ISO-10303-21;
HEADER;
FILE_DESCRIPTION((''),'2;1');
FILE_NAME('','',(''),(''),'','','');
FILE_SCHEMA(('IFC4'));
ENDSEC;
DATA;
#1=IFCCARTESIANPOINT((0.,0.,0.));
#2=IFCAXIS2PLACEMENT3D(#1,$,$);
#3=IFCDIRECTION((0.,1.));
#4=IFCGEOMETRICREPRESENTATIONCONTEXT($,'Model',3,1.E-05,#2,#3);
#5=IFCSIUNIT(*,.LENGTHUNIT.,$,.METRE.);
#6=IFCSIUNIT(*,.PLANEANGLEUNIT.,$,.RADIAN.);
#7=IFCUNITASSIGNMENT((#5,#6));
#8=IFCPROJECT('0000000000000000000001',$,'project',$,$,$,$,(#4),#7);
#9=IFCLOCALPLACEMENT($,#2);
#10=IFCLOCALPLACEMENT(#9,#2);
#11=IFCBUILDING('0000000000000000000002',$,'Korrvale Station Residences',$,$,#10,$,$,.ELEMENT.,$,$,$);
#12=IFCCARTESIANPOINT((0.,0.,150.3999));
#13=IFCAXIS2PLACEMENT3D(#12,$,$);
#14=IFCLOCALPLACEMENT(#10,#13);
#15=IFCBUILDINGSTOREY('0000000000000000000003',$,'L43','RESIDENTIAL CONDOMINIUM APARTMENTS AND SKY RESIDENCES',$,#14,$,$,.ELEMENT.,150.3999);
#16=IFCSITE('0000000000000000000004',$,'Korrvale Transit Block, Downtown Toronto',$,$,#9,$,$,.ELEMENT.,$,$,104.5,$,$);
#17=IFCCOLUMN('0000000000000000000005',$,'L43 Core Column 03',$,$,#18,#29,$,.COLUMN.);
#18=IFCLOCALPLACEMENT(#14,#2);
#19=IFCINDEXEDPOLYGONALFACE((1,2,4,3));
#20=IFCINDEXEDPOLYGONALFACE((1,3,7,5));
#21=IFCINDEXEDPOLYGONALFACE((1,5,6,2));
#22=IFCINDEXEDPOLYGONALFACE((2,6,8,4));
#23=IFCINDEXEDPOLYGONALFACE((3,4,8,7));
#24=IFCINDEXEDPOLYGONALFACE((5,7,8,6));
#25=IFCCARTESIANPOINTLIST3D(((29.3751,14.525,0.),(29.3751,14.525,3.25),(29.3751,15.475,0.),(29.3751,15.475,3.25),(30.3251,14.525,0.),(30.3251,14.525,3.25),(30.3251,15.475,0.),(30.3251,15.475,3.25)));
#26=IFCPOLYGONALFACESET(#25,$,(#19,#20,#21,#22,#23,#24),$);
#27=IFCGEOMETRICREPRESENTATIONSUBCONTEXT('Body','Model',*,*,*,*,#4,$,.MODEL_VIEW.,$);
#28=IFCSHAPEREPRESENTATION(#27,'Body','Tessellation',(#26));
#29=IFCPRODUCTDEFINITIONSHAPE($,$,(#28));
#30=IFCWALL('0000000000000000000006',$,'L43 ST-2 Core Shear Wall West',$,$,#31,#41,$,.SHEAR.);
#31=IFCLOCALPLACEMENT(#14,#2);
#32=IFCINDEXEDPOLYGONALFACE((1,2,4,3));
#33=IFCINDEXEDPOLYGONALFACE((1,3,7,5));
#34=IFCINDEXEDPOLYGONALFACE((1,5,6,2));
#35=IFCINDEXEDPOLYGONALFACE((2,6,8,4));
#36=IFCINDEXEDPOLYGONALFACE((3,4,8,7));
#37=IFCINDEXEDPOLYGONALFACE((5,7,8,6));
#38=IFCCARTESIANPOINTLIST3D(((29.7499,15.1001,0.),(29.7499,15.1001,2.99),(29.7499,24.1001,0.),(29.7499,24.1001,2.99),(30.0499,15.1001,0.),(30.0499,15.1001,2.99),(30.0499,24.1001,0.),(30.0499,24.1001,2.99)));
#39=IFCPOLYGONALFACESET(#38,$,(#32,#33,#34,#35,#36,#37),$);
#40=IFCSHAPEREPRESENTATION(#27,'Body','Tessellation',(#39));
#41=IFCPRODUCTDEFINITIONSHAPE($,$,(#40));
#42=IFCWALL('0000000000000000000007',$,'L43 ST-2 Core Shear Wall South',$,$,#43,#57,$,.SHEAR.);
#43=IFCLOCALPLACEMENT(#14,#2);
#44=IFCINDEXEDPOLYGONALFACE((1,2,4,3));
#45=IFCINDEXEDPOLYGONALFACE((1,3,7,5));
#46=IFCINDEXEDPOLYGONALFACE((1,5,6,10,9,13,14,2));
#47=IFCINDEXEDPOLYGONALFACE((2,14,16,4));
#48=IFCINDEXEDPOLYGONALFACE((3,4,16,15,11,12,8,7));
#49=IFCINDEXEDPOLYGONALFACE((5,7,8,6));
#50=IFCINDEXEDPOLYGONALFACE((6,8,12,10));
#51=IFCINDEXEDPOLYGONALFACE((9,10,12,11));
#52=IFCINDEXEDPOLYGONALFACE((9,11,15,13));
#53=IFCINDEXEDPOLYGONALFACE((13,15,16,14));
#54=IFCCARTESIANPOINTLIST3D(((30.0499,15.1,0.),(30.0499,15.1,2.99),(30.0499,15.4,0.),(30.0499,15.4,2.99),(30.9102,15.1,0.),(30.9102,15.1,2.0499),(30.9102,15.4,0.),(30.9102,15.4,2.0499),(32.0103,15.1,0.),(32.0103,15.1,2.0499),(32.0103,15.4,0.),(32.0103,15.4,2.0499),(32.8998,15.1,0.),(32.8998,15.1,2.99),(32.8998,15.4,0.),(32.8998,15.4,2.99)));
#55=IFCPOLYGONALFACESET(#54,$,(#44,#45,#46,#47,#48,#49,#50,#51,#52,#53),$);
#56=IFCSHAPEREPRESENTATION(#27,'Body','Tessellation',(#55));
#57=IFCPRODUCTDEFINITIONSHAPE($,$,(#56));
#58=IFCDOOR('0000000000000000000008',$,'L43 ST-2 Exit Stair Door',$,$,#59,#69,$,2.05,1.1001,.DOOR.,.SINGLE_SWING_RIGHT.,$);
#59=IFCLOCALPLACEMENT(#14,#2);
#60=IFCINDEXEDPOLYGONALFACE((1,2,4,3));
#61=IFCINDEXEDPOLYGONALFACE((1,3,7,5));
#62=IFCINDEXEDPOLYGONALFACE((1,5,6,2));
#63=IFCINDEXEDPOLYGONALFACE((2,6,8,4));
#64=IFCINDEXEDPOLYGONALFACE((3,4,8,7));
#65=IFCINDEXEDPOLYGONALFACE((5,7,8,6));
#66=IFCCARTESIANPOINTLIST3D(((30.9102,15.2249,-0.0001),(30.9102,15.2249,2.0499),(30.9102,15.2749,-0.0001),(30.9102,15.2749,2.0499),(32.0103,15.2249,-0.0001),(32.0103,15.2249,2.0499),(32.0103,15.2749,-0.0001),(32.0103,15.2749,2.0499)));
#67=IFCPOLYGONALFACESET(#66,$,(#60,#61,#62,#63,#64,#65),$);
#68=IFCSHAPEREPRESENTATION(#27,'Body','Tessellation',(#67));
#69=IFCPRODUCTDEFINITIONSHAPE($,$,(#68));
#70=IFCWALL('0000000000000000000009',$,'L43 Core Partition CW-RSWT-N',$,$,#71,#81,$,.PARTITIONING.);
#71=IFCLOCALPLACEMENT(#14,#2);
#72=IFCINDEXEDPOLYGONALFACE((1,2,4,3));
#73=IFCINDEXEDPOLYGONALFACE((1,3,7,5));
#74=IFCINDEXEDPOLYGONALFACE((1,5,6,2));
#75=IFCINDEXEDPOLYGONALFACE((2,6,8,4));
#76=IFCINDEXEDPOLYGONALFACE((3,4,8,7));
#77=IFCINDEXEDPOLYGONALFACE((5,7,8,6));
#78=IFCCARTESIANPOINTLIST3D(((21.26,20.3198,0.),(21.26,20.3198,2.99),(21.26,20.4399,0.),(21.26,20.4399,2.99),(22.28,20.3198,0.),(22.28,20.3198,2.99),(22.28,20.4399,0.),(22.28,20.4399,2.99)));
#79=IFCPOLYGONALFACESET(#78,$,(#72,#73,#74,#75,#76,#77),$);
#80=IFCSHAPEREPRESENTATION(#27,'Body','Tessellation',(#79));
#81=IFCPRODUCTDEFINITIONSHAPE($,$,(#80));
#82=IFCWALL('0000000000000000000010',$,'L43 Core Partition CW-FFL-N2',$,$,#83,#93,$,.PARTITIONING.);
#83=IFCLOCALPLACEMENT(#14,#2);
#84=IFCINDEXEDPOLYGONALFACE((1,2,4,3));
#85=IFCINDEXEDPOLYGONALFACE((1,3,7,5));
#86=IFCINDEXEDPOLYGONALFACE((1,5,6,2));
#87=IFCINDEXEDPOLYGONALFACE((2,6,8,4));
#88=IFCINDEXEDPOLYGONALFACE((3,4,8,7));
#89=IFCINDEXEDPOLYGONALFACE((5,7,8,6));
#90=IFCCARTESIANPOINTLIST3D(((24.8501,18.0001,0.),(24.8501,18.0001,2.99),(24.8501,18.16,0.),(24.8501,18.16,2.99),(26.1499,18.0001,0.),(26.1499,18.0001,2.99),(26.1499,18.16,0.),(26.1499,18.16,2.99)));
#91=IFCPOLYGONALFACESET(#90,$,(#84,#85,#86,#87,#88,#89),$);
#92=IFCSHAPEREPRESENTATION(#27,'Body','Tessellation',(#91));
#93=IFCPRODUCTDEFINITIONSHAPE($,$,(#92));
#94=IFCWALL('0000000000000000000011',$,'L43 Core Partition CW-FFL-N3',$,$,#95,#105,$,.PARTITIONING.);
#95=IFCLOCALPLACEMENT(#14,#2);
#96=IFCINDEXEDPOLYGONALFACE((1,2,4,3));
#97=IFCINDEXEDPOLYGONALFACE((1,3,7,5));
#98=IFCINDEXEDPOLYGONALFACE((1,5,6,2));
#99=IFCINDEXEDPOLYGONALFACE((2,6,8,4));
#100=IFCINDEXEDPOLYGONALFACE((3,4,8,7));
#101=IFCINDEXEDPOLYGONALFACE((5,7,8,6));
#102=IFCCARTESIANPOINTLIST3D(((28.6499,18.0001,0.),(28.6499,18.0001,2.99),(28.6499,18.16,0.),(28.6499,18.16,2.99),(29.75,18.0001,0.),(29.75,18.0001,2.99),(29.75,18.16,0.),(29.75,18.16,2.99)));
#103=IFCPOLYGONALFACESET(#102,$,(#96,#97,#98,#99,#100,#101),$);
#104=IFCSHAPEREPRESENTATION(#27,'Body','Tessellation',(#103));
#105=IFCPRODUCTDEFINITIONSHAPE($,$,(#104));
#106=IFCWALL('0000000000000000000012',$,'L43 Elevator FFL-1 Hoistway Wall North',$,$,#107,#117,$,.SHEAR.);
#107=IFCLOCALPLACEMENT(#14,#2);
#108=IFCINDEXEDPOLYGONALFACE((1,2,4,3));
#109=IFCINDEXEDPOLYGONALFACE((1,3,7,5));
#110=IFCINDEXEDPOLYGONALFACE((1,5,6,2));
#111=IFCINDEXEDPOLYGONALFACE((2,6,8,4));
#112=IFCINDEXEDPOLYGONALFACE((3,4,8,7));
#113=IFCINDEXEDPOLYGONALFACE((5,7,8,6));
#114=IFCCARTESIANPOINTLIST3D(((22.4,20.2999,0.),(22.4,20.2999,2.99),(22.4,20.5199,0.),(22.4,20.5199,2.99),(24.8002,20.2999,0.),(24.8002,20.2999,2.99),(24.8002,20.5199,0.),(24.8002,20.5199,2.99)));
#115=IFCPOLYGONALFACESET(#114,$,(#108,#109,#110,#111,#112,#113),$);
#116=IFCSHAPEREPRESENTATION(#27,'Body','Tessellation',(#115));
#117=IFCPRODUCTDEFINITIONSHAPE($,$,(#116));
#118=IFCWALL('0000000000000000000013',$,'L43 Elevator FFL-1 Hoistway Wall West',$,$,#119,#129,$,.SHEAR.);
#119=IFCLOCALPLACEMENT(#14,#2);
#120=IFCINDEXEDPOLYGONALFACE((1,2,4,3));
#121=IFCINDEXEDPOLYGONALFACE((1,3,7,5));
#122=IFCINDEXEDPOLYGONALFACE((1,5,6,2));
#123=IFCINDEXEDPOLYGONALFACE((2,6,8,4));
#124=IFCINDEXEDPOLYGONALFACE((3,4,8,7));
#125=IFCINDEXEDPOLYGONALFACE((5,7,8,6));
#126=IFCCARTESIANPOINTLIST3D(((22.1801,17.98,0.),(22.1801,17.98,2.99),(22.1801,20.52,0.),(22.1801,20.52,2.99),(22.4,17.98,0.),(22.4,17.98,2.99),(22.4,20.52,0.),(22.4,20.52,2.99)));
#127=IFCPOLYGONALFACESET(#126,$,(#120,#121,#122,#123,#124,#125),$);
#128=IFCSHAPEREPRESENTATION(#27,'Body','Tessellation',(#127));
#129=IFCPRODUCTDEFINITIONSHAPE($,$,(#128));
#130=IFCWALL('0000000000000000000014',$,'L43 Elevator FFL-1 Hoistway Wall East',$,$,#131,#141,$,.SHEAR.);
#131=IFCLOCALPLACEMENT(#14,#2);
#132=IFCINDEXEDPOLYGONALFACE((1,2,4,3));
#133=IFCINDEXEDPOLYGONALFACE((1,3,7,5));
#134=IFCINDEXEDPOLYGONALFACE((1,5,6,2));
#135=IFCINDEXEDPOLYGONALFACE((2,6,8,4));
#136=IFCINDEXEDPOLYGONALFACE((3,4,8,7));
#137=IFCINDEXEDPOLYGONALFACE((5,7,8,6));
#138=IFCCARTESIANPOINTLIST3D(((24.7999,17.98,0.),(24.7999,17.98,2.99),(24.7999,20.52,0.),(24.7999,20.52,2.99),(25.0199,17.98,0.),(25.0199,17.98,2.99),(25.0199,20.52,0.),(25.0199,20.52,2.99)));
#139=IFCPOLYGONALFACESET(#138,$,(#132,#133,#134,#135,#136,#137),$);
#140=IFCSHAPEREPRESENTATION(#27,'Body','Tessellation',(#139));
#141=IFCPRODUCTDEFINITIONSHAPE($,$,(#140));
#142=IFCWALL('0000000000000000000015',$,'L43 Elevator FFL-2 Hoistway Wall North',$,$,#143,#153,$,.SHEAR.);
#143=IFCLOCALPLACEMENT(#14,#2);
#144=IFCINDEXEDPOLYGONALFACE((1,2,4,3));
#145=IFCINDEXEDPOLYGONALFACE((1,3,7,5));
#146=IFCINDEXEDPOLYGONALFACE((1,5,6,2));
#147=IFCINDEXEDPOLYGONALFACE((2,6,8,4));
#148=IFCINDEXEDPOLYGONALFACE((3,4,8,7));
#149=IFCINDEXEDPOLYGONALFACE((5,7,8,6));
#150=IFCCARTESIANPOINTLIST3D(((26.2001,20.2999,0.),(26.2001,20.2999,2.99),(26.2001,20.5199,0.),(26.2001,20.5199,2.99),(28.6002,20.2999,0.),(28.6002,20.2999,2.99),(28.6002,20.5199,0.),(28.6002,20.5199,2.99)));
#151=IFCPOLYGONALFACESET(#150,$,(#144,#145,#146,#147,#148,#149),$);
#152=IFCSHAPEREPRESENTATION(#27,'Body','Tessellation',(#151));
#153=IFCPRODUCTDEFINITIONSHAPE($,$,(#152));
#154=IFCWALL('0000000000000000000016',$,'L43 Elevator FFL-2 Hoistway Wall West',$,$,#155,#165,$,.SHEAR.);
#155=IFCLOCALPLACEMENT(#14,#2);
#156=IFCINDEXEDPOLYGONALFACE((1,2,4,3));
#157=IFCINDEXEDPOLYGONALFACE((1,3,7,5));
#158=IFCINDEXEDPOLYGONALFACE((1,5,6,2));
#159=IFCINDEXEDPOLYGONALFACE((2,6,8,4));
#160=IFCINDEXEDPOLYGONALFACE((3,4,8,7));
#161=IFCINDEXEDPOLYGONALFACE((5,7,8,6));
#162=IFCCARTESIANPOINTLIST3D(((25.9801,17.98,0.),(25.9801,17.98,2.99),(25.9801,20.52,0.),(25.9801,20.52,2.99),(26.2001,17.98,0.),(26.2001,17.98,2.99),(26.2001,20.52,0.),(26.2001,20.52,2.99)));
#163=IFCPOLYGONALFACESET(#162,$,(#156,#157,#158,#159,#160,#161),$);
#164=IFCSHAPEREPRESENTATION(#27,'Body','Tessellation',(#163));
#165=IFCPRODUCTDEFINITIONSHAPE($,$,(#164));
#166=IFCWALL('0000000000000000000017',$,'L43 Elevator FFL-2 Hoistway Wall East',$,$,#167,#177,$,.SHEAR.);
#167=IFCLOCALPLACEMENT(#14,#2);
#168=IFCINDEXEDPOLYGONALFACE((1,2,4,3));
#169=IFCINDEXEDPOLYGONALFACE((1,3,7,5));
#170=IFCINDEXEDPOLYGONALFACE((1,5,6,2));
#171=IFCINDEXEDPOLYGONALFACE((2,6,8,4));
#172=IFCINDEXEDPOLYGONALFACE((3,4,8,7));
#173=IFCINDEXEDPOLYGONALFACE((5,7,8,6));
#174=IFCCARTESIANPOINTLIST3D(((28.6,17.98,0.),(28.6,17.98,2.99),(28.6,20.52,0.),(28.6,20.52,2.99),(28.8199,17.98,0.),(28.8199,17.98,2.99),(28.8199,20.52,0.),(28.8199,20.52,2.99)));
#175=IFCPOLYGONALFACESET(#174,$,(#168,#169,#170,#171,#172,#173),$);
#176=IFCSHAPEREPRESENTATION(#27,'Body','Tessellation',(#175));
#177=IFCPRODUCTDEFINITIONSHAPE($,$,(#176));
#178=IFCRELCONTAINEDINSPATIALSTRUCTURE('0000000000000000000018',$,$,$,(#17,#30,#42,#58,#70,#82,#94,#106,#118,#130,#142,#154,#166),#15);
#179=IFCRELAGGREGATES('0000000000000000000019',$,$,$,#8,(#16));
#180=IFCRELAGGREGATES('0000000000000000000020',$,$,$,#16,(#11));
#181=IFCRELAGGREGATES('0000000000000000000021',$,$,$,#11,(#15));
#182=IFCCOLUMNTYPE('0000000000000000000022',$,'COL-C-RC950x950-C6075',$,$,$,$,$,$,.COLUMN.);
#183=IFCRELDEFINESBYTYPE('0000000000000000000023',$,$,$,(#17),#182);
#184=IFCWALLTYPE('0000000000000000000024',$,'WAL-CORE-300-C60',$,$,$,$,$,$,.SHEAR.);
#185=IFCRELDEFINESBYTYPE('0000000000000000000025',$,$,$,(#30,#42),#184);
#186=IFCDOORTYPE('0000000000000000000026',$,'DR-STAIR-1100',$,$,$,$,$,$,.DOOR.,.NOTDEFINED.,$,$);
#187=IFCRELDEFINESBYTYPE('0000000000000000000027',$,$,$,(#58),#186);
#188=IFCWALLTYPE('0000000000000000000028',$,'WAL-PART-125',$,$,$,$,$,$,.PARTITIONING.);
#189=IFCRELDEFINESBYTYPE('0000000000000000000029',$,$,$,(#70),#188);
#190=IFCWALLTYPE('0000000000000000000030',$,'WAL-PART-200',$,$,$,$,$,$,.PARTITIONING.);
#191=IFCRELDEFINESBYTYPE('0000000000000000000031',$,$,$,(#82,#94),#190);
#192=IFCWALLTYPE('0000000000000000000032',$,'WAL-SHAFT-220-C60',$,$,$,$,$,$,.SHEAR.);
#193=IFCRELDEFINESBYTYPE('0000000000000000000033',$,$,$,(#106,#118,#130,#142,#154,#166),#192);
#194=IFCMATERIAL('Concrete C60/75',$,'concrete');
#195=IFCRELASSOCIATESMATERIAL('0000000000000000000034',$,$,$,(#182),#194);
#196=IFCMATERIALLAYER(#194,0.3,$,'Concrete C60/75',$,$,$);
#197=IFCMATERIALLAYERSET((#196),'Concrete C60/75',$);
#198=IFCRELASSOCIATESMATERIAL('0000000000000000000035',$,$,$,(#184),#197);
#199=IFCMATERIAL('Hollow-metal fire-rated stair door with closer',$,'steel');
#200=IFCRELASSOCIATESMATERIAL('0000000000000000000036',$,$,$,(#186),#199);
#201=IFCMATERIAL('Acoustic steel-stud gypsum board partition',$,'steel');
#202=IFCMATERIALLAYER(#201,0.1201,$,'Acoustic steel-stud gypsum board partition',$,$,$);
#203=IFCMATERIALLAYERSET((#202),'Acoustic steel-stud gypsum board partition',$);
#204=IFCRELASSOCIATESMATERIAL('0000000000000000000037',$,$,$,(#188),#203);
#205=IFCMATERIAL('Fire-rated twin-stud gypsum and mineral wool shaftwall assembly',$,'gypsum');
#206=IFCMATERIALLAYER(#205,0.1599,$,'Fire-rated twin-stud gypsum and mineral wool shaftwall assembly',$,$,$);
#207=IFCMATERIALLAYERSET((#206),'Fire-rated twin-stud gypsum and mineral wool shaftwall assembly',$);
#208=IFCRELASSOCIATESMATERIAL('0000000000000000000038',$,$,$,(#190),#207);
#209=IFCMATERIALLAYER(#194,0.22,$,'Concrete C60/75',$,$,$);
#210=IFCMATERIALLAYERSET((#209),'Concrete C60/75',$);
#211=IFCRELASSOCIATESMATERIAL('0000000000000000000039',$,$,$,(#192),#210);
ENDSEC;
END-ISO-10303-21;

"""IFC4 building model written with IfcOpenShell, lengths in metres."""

from ifc_helpers import new_model, si_unit, direction, frame, frame_2d, origin, origin_2d, place, context, subcontext, project, spatial, rectangle, extrude, material, layer, layer_set, material_profile, profile_set, type_object, element, fill, save


model = new_model("IFC4")

# Units and contexts
model_context = context("Model", 3, precision=1e-05, world=origin(), true_north=direction((0.0, 1.0)))
body_context = subcontext(model_context, "Body", "Model", "MODEL_VIEW")
ifc_project = project(units=[si_unit("LENGTHUNIT", "METRE"), si_unit("PLANEANGLEUNIT", "RADIAN")], contexts=[model_context])

# Site, building, storey
site_placement = place(None, origin())
site = spatial("IfcSite", under=ifc_project, at=site_placement, Name="Korrvale Transit Block, Downtown Toronto", CompositionType="ELEMENT", RefElevation=104.5)
building_placement = place(site_placement, origin())
building = spatial("IfcBuilding", under=site, at=building_placement, Name="Korrvale Station Residences", CompositionType="ELEMENT")
storey_placement = place(building_placement, frame((0.0, 0.0, 150.3999)))
storey = spatial("IfcBuildingStorey", under=building, at=storey_placement, Name="L43", Description="RESIDENTIAL CONDOMINIUM APARTMENTS AND SKY RESIDENCES", CompositionType="ELEMENT", Elevation=150.3999)

# Column
ifc_material_1 = material(Name="Concrete C60/75", Category="concrete")
ifc_material_profile = material_profile(ifc_material_1, rectangle(XDim=0.95, YDim=0.95, at=origin_2d()), Name="RC950x950")
ifc_profile_set = profile_set([ifc_material_profile], Name="Concrete C60/75")
column_type = type_object("IfcColumnType", Name="COL-C-RC950x950-C6075", PredefinedType="COLUMN", material=ifc_profile_set)
column_placement = place(storey_placement, frame((29.8501, 15.0, 0.0), z_axis=(0.0, 0.0, 1.0), x_axis=(1.0, 0.0, 0.0)))
element("IfcColumn", 1, at=column_placement, inside=storey, type_object=column_type, Name="L43 Core Column 03", PredefinedType="COLUMN", context=body_context, shape_type="SweptSolid", body=[
    extrude(rectangle(XDim=0.95, YDim=0.95, at=origin_2d()), origin(), (0.0, 0.0, 1.0), 3.25),
])

# Wall
ifc_layer_1 = layer(ifc_material_1, 0.3, Name="Concrete C60/75")
ifc_layer_set_1 = layer_set([ifc_layer_1], Name="Concrete C60/75")
wall_type_1 = type_object("IfcWallType", Name="WAL-CORE-300-C60", PredefinedType="SHEAR", material=ifc_layer_set_1)
wall_1_placement = place(storey_placement, frame((29.8999, 15.1001, 0.0), z_axis=(0.0, 0.0, 1.0), x_axis=(0.0, 1.0, 0.0)))
element("IfcWall", 2, at=wall_1_placement, inside=storey, type_object=wall_type_1, Name="L43 ST-2 Core Shear Wall West", PredefinedType="SHEAR", context=body_context, shape_type="SweptSolid", body=[
    extrude(rectangle(XDim=9.0, YDim=0.3, at=frame_2d((4.5, 0.0))), origin(), (0.0, 0.0, 1.0), 2.99),
])

# Wall, opening, door
wall_2_placement = place(storey_placement, frame((30.05, 15.25, 0.0), z_axis=(0.0, 0.0, 1.0), x_axis=(1.0, 0.0, 0.0)))
wall_2 = element("IfcWall", 3, at=wall_2_placement, inside=storey, type_object=wall_type_1, Name="L43 ST-2 Core Shear Wall South", PredefinedType="SHEAR", context=body_context, shape_type="SweptSolid", body=[
    extrude(rectangle(XDim=2.8499, YDim=0.3, at=frame_2d((1.4248, 0.0))), origin(), (0.0, 0.0, 1.0), 2.99),
])
opening_1_placement = place(wall_2_placement, frame((0.8601, 0.0, 0.0)))
opening_1 = element("IfcOpeningElement", 4, at=opening_1_placement, cuts=wall_2, PredefinedType="OPENING", context=body_context, shape_type="SweptSolid", body=[
    extrude(rectangle(XDim=1.1001, YDim=2.05, at=frame_2d((0.55, 1.0249))), frame((0.0, 0.1602, 0.0), z_axis=(0.0, -1.0, 0.0), x_axis=(1.0, 0.0, 0.0)), (0.0, 0.0, 1.0), 0.3201),
])
ifc_material_2 = material(Name="Hollow-metal fire-rated stair door with closer", Category="steel")
door_type_1 = type_object("IfcDoorType", Name="DR-STAIR-1100", OperationType="NOTDEFINED", PredefinedType="DOOR", material=ifc_material_2)
door_1_placement = place(opening_1_placement, origin())
door_1 = element("IfcDoor", 5, at=door_1_placement, inside=storey, type_object=door_type_1, Name="L43 ST-2 Exit Stair Door", OperationType="SINGLE_SWING_RIGHT", OverallHeight=2.05, OverallWidth=1.1001, PredefinedType="DOOR", context=body_context, shape_type="SweptSolid", body=[
    extrude(rectangle(XDim=1.1001, YDim=2.05, at=frame_2d((0.55, 1.0249))), frame((0.0, 0.0249, 0.0), z_axis=(0.0, -1.0, 0.0), x_axis=(1.0, 0.0, 0.0)), (0.0, 0.0, 1.0), 0.05),
])
fill(opening_1, door_1)

# Walls
ifc_material_3 = material(Name="Acoustic steel-stud gypsum board partition", Category="steel")
ifc_layer_2 = layer(ifc_material_3, 0.1201, Name="Acoustic steel-stud gypsum board partition")
ifc_layer_set_2 = layer_set([ifc_layer_2], Name="Acoustic steel-stud gypsum board partition")
wall_type_2 = type_object("IfcWallType", Name="WAL-PART-125", PredefinedType="PARTITIONING", material=ifc_layer_set_2)
wall_3_placement = place(storey_placement, frame((22.28, 20.3799, 0.0), z_axis=(0.0, 0.0, 1.0), x_axis=(-1.0, 0.0, 0.0)))
element("IfcWall", 6, at=wall_3_placement, inside=storey, type_object=wall_type_2, Name="L43 Core Partition CW-RSWT-N", PredefinedType="PARTITIONING", context=body_context, shape_type="SweptSolid", body=[
    extrude(rectangle(XDim=1.02, YDim=0.1201, at=frame_2d((0.51, 0.0))), origin(), (0.0, 0.0, 1.0), 2.99),
])
ifc_material_4 = material(Name="Fire-rated twin-stud gypsum and mineral wool shaftwall assembly", Category="gypsum")
ifc_layer_3 = layer(ifc_material_4, 0.1599, Name="Fire-rated twin-stud gypsum and mineral wool shaftwall assembly")
ifc_layer_set_3 = layer_set([ifc_layer_3], Name="Fire-rated twin-stud gypsum and mineral wool shaftwall assembly")
wall_type_3 = type_object("IfcWallType", Name="WAL-PART-200", PredefinedType="PARTITIONING", material=ifc_layer_set_3)
wall_4_placement = place(storey_placement, frame((24.8501, 18.0801, 0.0), z_axis=(0.0, 0.0, 1.0), x_axis=(1.0, 0.0, 0.0)))
element("IfcWall", 7, at=wall_4_placement, inside=storey, type_object=wall_type_3, Name="L43 Core Partition CW-FFL-N2", PredefinedType="PARTITIONING", context=body_context, shape_type="SweptSolid", body=[
    extrude(rectangle(XDim=1.2998, YDim=0.1599, at=frame_2d((0.6499, 0.0))), origin(), (0.0, 0.0, 1.0), 2.99),
])
wall_5_placement = place(storey_placement, frame((28.6499, 18.0801, 0.0), z_axis=(0.0, 0.0, 1.0), x_axis=(1.0, 0.0, 0.0)))
element("IfcWall", 8, at=wall_5_placement, inside=storey, type_object=wall_type_3, Name="L43 Core Partition CW-FFL-N3", PredefinedType="PARTITIONING", context=body_context, shape_type="SweptSolid", body=[
    extrude(rectangle(XDim=1.1001, YDim=0.1599, at=frame_2d((0.55, 0.0))), origin(), (0.0, 0.0, 1.0), 2.99),
])

# Shared definitions
ifc_layer_4 = layer(ifc_material_1, 0.22, Name="Concrete C60/75")
ifc_layer_set_4 = layer_set([ifc_layer_4], Name="Concrete C60/75")
wall_type_4 = type_object("IfcWallType", Name="WAL-SHAFT-220-C60", PredefinedType="SHEAR", material=ifc_layer_set_4)

# Walls
wall_6_placement = place(storey_placement, frame((22.3999, 20.4099, 0.0), z_axis=(0.0, 0.0, 1.0), x_axis=(1.0, 0.0, 0.0)))
element("IfcWall", 9, at=wall_6_placement, inside=storey, type_object=wall_type_4, Name="L43 Elevator FFL-1 Hoistway Wall North", PredefinedType="SHEAR", context=body_context, shape_type="SweptSolid", body=[
    extrude(rectangle(XDim=2.4001, YDim=0.22, at=frame_2d((1.2002, 0.0))), origin(), (0.0, 0.0, 1.0), 2.99),
])
for number, where, z_axis, x_axis, name in (
    (10, (22.29, 17.98, 0.0), (0.0, 0.0, 1.0), (0.0, 1.0, 0.0), "L43 Elevator FFL-1 Hoistway Wall West"),
    (11, (24.9099, 17.98, 0.0), (0.0, 0.0, 1.0), (0.0, 1.0, 0.0), "L43 Elevator FFL-1 Hoistway Wall East"),
):
    element("IfcWall", number, at=place(storey_placement, frame(where, z_axis=z_axis, x_axis=x_axis)), inside=storey, type_object=wall_type_4, Name=name, PredefinedType="SHEAR", context=body_context, shape_type="SweptSolid", body=[
        extrude(rectangle(XDim=2.54, YDim=0.22, at=frame_2d((1.27, 0.0))), origin(), (0.0, 0.0, 1.0), 2.99),
    ])

# Walls
wall_7_placement = place(storey_placement, frame((26.2, 20.4099, 0.0), z_axis=(0.0, 0.0, 1.0), x_axis=(1.0, 0.0, 0.0)))
element("IfcWall", 12, at=wall_7_placement, inside=storey, type_object=wall_type_4, Name="L43 Elevator FFL-2 Hoistway Wall North", PredefinedType="SHEAR", context=body_context, shape_type="SweptSolid", body=[
    extrude(rectangle(XDim=2.4001, YDim=0.22, at=frame_2d((1.2002, 0.0))), origin(), (0.0, 0.0, 1.0), 2.99),
])
for number, where, z_axis, x_axis, name in (
    (13, (26.0901, 17.98, 0.0), (0.0, 0.0, 1.0), (0.0, 1.0, 0.0), "L43 Elevator FFL-2 Hoistway Wall West"),
    (14, (28.71, 17.98, 0.0), (0.0, 0.0, 1.0), (0.0, 1.0, 0.0), "L43 Elevator FFL-2 Hoistway Wall East"),
):
    element("IfcWall", number, at=place(storey_placement, frame(where, z_axis=z_axis, x_axis=x_axis)), inside=storey, type_object=wall_type_4, Name=name, PredefinedType="SHEAR", context=body_context, shape_type="SweptSolid", body=[
        extrude(rectangle(XDim=2.54, YDim=0.22, at=frame_2d((1.27, 0.0))), origin(), (0.0, 0.0, 1.0), 2.99),
    ])

save(model, "model.ifc")
